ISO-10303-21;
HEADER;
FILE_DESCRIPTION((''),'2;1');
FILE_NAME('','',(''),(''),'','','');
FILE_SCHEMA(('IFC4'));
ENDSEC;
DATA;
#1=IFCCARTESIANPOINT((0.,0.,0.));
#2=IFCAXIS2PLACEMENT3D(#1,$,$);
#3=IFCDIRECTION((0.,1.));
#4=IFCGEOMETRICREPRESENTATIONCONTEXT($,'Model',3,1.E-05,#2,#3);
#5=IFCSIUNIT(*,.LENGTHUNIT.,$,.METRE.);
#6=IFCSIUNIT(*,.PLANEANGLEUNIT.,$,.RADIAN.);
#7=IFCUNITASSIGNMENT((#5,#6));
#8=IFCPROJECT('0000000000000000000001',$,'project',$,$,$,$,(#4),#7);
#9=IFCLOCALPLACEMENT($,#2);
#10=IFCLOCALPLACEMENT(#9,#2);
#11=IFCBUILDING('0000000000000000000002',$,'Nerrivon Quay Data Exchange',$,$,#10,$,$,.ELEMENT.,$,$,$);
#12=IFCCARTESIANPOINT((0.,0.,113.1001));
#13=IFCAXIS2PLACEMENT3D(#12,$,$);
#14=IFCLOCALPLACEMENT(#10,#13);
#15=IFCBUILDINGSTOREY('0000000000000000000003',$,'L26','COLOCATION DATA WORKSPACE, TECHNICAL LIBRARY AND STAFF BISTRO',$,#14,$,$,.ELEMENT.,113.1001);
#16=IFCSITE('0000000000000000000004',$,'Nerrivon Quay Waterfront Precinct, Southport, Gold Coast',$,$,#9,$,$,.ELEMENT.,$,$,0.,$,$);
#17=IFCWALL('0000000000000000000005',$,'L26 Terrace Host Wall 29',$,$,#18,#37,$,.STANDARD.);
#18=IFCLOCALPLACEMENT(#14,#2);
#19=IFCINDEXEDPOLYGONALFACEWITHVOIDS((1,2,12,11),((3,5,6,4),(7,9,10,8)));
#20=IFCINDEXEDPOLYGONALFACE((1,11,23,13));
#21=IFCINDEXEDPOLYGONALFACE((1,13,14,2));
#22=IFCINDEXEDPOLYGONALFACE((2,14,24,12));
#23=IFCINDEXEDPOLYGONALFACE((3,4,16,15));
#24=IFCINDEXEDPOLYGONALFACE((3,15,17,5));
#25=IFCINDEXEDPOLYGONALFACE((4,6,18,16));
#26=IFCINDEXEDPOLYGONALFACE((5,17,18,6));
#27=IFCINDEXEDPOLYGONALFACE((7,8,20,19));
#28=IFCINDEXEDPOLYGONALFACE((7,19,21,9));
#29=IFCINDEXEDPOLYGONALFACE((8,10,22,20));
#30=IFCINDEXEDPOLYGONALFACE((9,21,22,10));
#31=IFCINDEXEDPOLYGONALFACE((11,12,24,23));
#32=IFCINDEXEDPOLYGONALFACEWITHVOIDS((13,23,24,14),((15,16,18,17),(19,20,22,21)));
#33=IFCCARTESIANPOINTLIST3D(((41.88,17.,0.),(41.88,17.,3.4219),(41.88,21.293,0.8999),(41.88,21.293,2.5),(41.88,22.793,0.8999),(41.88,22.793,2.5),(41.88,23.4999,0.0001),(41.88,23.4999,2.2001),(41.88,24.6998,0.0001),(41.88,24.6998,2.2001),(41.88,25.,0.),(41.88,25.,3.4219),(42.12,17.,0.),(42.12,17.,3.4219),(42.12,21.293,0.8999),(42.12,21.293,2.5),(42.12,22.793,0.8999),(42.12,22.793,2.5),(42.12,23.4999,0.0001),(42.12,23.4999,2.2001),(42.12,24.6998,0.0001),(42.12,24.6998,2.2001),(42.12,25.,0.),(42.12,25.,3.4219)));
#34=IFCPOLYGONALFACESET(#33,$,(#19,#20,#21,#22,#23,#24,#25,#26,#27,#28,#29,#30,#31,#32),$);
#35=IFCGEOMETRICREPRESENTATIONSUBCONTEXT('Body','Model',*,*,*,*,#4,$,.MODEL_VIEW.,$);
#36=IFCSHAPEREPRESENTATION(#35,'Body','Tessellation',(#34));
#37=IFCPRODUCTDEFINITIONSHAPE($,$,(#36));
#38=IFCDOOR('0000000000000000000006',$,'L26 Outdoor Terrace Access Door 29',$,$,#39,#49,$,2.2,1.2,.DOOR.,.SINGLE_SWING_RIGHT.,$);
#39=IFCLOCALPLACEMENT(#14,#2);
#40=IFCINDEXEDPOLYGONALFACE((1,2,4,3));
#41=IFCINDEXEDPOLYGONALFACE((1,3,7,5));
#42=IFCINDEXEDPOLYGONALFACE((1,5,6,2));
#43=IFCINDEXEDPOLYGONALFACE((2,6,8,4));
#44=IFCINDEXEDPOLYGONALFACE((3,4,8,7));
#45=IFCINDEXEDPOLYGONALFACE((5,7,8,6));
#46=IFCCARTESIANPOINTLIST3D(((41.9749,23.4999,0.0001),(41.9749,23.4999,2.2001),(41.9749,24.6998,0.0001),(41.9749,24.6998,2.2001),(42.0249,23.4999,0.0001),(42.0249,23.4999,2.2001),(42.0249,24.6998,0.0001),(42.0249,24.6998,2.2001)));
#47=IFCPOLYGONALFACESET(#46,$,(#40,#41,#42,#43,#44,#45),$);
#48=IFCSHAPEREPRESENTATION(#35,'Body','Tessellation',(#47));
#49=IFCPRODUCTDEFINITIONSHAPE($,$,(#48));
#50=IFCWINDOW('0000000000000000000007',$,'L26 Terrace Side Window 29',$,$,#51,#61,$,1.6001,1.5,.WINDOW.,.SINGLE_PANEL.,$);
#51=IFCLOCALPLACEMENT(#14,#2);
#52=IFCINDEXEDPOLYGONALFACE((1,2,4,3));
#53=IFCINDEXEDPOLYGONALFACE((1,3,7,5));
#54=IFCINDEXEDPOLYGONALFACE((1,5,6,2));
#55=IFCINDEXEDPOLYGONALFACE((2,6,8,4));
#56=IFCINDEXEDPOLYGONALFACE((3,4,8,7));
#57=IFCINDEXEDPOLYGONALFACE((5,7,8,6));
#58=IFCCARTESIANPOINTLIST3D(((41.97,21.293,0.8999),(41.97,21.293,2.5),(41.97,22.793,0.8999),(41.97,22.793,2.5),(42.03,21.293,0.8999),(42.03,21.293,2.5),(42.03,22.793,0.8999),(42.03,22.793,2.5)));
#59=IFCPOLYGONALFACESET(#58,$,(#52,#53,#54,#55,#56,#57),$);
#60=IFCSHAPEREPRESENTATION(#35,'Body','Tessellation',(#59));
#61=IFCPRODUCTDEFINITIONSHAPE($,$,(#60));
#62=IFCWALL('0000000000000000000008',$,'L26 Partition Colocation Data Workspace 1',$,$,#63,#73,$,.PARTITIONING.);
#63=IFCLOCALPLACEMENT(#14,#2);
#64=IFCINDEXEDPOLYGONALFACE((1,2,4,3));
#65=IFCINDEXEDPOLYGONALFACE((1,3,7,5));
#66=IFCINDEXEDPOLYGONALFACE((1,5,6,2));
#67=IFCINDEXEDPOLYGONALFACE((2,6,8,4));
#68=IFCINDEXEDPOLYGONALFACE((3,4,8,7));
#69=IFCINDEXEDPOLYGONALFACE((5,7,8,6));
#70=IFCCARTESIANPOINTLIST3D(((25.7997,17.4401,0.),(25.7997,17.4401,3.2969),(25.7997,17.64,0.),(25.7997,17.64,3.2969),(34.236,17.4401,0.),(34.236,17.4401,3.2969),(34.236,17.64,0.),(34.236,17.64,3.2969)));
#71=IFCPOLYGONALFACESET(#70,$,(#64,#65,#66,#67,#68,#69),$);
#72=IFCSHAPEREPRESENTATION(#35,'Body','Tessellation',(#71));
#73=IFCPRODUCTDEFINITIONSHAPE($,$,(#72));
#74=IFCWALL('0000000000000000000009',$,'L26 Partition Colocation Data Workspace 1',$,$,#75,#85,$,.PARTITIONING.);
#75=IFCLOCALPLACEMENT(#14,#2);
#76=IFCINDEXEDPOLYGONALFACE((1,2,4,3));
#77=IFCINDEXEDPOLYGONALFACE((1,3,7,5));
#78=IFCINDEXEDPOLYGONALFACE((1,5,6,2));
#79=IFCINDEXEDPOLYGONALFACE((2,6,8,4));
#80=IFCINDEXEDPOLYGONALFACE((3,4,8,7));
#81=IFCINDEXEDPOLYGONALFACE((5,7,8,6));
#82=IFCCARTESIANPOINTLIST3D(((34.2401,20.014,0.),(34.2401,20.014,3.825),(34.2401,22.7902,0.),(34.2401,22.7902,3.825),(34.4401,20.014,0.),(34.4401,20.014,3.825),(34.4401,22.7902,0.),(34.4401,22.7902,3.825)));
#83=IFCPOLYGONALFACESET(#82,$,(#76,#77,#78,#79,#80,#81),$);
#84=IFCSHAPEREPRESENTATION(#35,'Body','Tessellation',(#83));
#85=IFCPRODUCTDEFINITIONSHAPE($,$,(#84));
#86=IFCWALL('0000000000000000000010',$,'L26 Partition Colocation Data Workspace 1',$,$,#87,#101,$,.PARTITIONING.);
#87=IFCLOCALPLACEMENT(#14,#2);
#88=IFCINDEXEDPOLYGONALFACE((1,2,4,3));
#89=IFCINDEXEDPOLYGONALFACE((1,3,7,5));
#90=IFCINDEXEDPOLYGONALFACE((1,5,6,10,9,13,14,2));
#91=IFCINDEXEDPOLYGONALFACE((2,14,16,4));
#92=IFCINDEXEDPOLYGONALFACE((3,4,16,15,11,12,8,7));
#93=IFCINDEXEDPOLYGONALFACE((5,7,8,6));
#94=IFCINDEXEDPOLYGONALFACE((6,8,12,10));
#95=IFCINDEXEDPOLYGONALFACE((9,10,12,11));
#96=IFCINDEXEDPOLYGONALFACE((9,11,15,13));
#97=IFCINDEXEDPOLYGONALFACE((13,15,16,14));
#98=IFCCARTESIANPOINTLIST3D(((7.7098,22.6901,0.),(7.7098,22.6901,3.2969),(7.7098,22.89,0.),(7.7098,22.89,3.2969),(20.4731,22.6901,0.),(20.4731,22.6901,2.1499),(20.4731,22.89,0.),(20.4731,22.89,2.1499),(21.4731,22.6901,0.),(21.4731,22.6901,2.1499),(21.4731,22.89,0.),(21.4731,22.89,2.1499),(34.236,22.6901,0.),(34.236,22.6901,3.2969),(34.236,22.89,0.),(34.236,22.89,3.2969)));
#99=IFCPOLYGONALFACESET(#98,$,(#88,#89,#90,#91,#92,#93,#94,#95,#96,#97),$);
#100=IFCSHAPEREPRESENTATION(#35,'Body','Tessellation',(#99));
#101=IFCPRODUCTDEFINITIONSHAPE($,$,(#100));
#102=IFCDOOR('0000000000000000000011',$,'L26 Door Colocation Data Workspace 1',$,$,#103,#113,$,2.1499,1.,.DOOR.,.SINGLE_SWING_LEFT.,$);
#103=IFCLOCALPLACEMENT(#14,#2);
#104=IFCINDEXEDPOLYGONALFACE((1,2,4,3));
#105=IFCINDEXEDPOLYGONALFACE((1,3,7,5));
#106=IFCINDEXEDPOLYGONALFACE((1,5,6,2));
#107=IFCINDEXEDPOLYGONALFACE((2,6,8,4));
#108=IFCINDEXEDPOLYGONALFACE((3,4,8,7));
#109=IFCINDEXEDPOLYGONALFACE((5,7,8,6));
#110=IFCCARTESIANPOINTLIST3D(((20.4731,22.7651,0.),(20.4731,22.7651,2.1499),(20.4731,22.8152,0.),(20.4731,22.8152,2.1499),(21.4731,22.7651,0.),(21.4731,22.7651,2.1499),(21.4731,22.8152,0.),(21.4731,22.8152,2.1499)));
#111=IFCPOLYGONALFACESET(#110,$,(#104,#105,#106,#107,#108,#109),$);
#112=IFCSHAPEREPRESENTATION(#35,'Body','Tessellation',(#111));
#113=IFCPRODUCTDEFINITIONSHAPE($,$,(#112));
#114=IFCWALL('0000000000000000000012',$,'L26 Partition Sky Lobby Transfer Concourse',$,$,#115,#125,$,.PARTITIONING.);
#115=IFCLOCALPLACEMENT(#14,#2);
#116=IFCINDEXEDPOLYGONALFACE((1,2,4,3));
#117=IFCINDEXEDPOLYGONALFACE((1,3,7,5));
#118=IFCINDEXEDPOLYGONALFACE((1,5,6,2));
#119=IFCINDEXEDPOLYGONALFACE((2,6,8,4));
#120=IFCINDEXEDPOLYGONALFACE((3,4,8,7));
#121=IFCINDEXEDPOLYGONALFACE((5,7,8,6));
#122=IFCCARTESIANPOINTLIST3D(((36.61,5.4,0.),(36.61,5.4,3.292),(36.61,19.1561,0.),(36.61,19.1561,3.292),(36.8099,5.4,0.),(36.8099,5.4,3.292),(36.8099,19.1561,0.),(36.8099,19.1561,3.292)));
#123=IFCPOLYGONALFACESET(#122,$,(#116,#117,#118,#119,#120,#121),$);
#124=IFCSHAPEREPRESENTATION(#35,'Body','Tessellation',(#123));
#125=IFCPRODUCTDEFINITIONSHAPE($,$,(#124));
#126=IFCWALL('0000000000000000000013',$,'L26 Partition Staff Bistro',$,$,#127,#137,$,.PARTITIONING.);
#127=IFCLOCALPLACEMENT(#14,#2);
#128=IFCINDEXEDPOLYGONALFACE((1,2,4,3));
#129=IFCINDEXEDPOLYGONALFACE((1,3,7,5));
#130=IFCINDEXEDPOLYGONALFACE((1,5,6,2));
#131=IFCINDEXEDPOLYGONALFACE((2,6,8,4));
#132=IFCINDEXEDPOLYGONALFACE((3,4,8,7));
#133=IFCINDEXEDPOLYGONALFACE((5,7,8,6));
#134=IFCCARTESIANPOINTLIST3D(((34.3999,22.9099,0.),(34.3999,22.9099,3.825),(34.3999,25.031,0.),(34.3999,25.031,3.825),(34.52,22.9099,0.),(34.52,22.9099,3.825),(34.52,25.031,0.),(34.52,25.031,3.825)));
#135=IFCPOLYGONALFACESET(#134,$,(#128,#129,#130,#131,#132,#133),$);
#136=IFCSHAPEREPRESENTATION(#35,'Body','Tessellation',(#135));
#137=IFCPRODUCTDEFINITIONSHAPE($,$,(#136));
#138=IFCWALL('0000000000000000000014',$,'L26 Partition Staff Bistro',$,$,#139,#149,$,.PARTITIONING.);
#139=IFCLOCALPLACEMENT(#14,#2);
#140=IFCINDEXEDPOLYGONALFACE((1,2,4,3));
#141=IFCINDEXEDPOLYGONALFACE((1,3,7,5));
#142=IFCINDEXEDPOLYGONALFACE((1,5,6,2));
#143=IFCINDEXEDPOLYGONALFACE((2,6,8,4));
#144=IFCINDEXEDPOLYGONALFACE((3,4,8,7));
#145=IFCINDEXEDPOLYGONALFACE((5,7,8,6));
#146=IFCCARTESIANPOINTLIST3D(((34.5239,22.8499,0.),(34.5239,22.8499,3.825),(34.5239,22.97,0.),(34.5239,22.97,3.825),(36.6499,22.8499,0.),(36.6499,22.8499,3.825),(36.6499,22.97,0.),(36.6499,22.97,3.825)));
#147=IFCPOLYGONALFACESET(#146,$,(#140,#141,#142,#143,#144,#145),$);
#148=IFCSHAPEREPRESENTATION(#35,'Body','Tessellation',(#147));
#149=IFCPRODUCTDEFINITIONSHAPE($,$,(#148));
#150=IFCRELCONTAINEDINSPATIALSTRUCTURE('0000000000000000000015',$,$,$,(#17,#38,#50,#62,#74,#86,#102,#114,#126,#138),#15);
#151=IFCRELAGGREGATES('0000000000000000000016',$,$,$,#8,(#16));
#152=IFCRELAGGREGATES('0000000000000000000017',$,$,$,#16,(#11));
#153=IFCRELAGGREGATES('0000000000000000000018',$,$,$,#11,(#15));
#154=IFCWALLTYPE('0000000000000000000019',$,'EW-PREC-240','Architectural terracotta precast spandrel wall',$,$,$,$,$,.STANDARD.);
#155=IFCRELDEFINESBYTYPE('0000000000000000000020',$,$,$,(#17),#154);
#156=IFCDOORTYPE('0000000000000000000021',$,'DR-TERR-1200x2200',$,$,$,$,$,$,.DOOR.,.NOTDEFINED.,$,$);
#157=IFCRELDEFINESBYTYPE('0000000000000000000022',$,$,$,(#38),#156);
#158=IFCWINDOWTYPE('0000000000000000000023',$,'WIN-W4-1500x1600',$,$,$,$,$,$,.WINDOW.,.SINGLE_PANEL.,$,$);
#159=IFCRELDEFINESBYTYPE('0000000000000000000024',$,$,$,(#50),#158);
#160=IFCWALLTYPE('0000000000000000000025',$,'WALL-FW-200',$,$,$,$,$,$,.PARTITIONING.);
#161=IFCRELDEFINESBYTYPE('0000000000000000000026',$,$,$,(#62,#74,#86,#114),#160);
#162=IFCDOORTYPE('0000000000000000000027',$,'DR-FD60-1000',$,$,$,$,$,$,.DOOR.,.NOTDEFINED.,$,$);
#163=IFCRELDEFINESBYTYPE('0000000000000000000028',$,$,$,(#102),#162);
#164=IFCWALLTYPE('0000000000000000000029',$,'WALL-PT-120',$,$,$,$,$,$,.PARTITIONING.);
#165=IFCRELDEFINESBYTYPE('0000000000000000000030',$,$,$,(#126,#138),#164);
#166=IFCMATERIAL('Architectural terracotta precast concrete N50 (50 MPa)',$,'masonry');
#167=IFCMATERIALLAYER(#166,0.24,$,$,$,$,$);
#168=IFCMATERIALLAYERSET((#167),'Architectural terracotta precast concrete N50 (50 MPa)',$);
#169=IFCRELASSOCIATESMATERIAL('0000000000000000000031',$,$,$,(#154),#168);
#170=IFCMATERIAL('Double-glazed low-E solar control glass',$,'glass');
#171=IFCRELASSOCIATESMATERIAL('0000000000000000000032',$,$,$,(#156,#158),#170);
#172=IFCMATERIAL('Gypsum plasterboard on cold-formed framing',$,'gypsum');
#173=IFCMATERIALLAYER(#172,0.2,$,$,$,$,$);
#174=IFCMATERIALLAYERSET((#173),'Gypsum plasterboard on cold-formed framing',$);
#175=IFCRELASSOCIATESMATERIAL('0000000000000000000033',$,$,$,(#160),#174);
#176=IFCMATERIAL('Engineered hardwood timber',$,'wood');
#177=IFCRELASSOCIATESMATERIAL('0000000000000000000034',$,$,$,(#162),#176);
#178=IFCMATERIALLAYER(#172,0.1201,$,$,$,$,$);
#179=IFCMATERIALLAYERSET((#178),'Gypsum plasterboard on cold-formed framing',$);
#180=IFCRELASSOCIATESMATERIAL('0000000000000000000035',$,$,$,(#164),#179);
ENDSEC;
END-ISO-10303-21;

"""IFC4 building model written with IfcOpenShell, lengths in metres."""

from ifc_helpers import new_model, si_unit, direction, frame, frame_2d, origin, place, context, subcontext, project, spatial, rectangle, extrude, material, layer, layer_set, type_object, element, fill, save


model = new_model("IFC4")

# Units and contexts
model_context = context("Model", 3, precision=1e-05, world=origin(), true_north=direction((0.0, 1.0)))
body_context = subcontext(model_context, "Body", "Model", "MODEL_VIEW")
ifc_project = project(units=[si_unit("LENGTHUNIT", "METRE"), si_unit("PLANEANGLEUNIT", "RADIAN")], contexts=[model_context])

# Site, building, storey
site_placement = place(None, origin())
site = spatial("IfcSite", under=ifc_project, at=site_placement, Name="Nerrivon Quay Waterfront Precinct, Southport, Gold Coast", CompositionType="ELEMENT", RefElevation=0.0)
building_placement = place(site_placement, origin())
building = spatial("IfcBuilding", under=site, at=building_placement, Name="Nerrivon Quay Data Exchange", CompositionType="ELEMENT")
storey_placement = place(building_placement, frame((0.0, 0.0, 113.1001)))
storey = spatial("IfcBuildingStorey", under=building, at=storey_placement, Name="L26", Description="COLOCATION DATA WORKSPACE, TECHNICAL LIBRARY AND STAFF BISTRO", CompositionType="ELEMENT", Elevation=113.1001)

# Shared definitions
ifc_material_1 = material(Name="Double-glazed low-E solar control glass", Category="glass")

# Wall, openings, door, window
ifc_material_2 = material(Name="Architectural terracotta precast concrete N50 (50 MPa)", Category="masonry")
ifc_layer_1 = layer(ifc_material_2, 0.24)
ifc_layer_set_1 = layer_set([ifc_layer_1], Name="Architectural terracotta precast concrete N50 (50 MPa)")
wall_type_1 = type_object("IfcWallType", Name="EW-PREC-240", Description="Architectural terracotta precast spandrel wall", PredefinedType="STANDARD", material=ifc_layer_set_1)
wall_1_placement = place(storey_placement, frame((42.0, 25.0, 0.0), z_axis=(0.0, 0.0, 1.0), x_axis=(0.0, -1.0, 0.0)))
wall_1 = element("IfcWall", 1, at=wall_1_placement, inside=storey, type_object=wall_type_1, Name="L26 Terrace Host Wall 29", PredefinedType="STANDARD", context=body_context, shape_type="SweptSolid", body=[
    extrude(rectangle(XDim=8.0, YDim=0.24, at=frame_2d((4.0, 0.0))), origin(), (0.0, 0.0, 1.0), 3.4219),
])
opening_1_placement = place(wall_1_placement, frame((0.3, 0.0, 0.0)))
opening_1 = element("IfcOpeningElement", 2, at=opening_1_placement, cuts=wall_1, PredefinedType="OPENING", context=body_context, shape_type="SweptSolid", body=[
    extrude(rectangle(XDim=1.2, YDim=2.2, at=frame_2d((0.6001, 1.1001))), frame((0.0, 0.1299, 0.0), z_axis=(0.0, -1.0, 0.0), x_axis=(1.0, 0.0, 0.0)), (0.0, 0.0, 1.0), 0.26),
])
opening_2_placement = place(wall_1_placement, frame((2.207, 0.0, 0.8999)))
opening_2 = element("IfcOpeningElement", 3, at=opening_2_placement, cuts=wall_1, PredefinedType="OPENING", context=body_context, shape_type="SweptSolid", body=[
    extrude(rectangle(XDim=1.5, YDim=1.6001, at=frame_2d((0.75, 0.8))), frame((0.0, 0.1299, 0.0), z_axis=(0.0, -1.0, 0.0), x_axis=(1.0, 0.0, 0.0)), (0.0, 0.0, 1.0), 0.26),
])
door_type_1 = type_object("IfcDoorType", Name="DR-TERR-1200x2200", OperationType="NOTDEFINED", PredefinedType="DOOR", material=ifc_material_1)
door_1_placement = place(opening_1_placement, origin())
door_1 = element("IfcDoor", 4, at=door_1_placement, inside=storey, type_object=door_type_1, Name="L26 Outdoor Terrace Access Door 29", OperationType="SINGLE_SWING_RIGHT", OverallHeight=2.2, OverallWidth=1.2, PredefinedType="DOOR", context=body_context, shape_type="SweptSolid", body=[
    extrude(rectangle(XDim=1.2, YDim=2.2, at=frame_2d((0.6001, 1.1001))), frame((0.0, 0.0249, 0.0), z_axis=(0.0, -1.0, 0.0), x_axis=(1.0, 0.0, 0.0)), (0.0, 0.0, 1.0), 0.05),
])
fill(opening_1, door_1)
window_type = type_object("IfcWindowType", Name="WIN-W4-1500x1600", PartitioningType="SINGLE_PANEL", PredefinedType="WINDOW", material=ifc_material_1)
window_placement = place(opening_2_placement, origin())
window = element("IfcWindow", 5, at=window_placement, inside=storey, type_object=window_type, Name="L26 Terrace Side Window 29", OverallHeight=1.6001, OverallWidth=1.5, PartitioningType="SINGLE_PANEL", PredefinedType="WINDOW", context=body_context, shape_type="SweptSolid", body=[
    extrude(rectangle(XDim=1.5, YDim=1.6001, at=frame_2d((0.75, 0.8))), frame((0.0, 0.03, 0.0), z_axis=(0.0, -1.0, 0.0), x_axis=(1.0, 0.0, 0.0)), (0.0, 0.0, 1.0), 0.0601),
])
fill(opening_2, window)

# Walls
ifc_material_3 = material(Name="Gypsum plasterboard on cold-formed framing", Category="gypsum")
ifc_layer_2 = layer(ifc_material_3, 0.2)
ifc_layer_set_2 = layer_set([ifc_layer_2], Name="Gypsum plasterboard on cold-formed framing")
wall_type_2 = type_object("IfcWallType", Name="WALL-FW-200", PredefinedType="PARTITIONING", material=ifc_layer_set_2)
wall_2_placement = place(storey_placement, frame((34.2361, 17.54, 0.0), z_axis=(0.0, 0.0, 1.0), x_axis=(-1.0, 0.0, 0.0)))
element("IfcWall", 6, at=wall_2_placement, inside=storey, type_object=wall_type_2, Name="L26 Partition Colocation Data Workspace 1", PredefinedType="PARTITIONING", context=body_context, shape_type="SweptSolid", body=[
    extrude(rectangle(XDim=8.4363, YDim=0.2, at=frame_2d((4.2183, 0.0))), origin(), (0.0, 0.0, 1.0), 3.2969),
])
wall_3_placement = place(storey_placement, frame((34.3401, 20.0139, 0.0), z_axis=(0.0, 0.0, 1.0), x_axis=(0.0, 1.0, 0.0)))
element("IfcWall", 7, at=wall_3_placement, inside=storey, type_object=wall_type_2, Name="L26 Partition Colocation Data Workspace 1", PredefinedType="PARTITIONING", context=body_context, shape_type="SweptSolid", body=[
    extrude(rectangle(XDim=2.7761, YDim=0.2, at=frame_2d((1.3882, 0.0))), origin(), (0.0, 0.0, 1.0), 3.825),
])

# Wall, opening, door
wall_4_placement = place(storey_placement, frame((34.2361, 22.79, 0.0), z_axis=(0.0, 0.0, 1.0), x_axis=(-1.0, 0.0, 0.0)))
wall_4 = element("IfcWall", 8, at=wall_4_placement, inside=storey, type_object=wall_type_2, Name="L26 Partition Colocation Data Workspace 1", PredefinedType="PARTITIONING", context=body_context, shape_type="SweptSolid", body=[
    extrude(rectangle(XDim=26.5261, YDim=0.2, at=frame_2d((13.2632, 0.0))), origin(), (0.0, 0.0, 1.0), 3.2969),
])
opening_3_placement = place(wall_4_placement, frame((12.7629, 0.0, 0.0)))
opening_3 = element("IfcOpeningElement", 9, at=opening_3_placement, cuts=wall_4, PredefinedType="OPENING", context=body_context, shape_type="SweptSolid", body=[
    extrude(rectangle(XDim=1.0, YDim=2.1499, at=frame_2d((0.5, 1.075))), frame((0.0, 0.1099, 0.0), z_axis=(0.0, -1.0, 0.0), x_axis=(1.0, 0.0, 0.0)), (0.0, 0.0, 1.0), 0.22),
])
ifc_material_4 = material(Name="Engineered hardwood timber", Category="wood")
door_type_2 = type_object("IfcDoorType", Name="DR-FD60-1000", OperationType="NOTDEFINED", PredefinedType="DOOR", material=ifc_material_4)
door_2_placement = place(opening_3_placement, origin())
door_2 = element("IfcDoor", 10, at=door_2_placement, inside=storey, type_object=door_type_2, Name="L26 Door Colocation Data Workspace 1", OperationType="SINGLE_SWING_LEFT", OverallHeight=2.1499, OverallWidth=1.0, PredefinedType="DOOR", context=body_context, shape_type="SweptSolid", body=[
    extrude(rectangle(XDim=1.0, YDim=2.1499, at=frame_2d((0.5, 1.075))), frame((0.0, 0.0249, 0.0), z_axis=(0.0, -1.0, 0.0), x_axis=(1.0, 0.0, 0.0)), (0.0, 0.0, 1.0), 0.05),
])
fill(opening_3, door_2)

# Walls
wall_5_placement = place(storey_placement, frame((36.71, 19.156, 0.0), z_axis=(0.0, 0.0, 1.0), x_axis=(0.0, -1.0, 0.0)))
element("IfcWall", 11, at=wall_5_placement, inside=storey, type_object=wall_type_2, Name="L26 Partition Sky Lobby Transfer Concourse", PredefinedType="PARTITIONING", context=body_context, shape_type="SweptSolid", body=[
    extrude(rectangle(XDim=13.7561, YDim=0.2, at=frame_2d((6.8779, 0.0))), origin(), (0.0, 0.0, 1.0), 3.292),
])
ifc_layer_3 = layer(ifc_material_3, 0.1201)
ifc_layer_set_3 = layer_set([ifc_layer_3], Name="Gypsum plasterboard on cold-formed framing")
wall_type_3 = type_object("IfcWallType", Name="WALL-PT-120", PredefinedType="PARTITIONING", material=ifc_layer_set_3)
wall_6_placement = place(storey_placement, frame((34.46, 25.031, 0.0), z_axis=(0.0, 0.0, 1.0), x_axis=(0.0, -1.0, 0.0)))
element("IfcWall", 12, at=wall_6_placement, inside=storey, type_object=wall_type_3, Name="L26 Partition Staff Bistro", PredefinedType="PARTITIONING", context=body_context, shape_type="SweptSolid", body=[
    extrude(rectangle(XDim=2.1211, YDim=0.1201, at=frame_2d((1.0605, 0.0))), origin(), (0.0, 0.0, 1.0), 3.825),
])
wall_7_placement = place(storey_placement, frame((34.5239, 22.9099, 0.0), z_axis=(0.0, 0.0, 1.0), x_axis=(1.0, 0.0, 0.0)))
element("IfcWall", 13, at=wall_7_placement, inside=storey, type_object=wall_type_3, Name="L26 Partition Staff Bistro", PredefinedType="PARTITIONING", context=body_context, shape_type="SweptSolid", body=[
    extrude(rectangle(XDim=2.126, YDim=0.1201, at=frame_2d((1.063, 0.0))), origin(), (0.0, 0.0, 1.0), 3.825),
])

save(model, "model.ifc")
